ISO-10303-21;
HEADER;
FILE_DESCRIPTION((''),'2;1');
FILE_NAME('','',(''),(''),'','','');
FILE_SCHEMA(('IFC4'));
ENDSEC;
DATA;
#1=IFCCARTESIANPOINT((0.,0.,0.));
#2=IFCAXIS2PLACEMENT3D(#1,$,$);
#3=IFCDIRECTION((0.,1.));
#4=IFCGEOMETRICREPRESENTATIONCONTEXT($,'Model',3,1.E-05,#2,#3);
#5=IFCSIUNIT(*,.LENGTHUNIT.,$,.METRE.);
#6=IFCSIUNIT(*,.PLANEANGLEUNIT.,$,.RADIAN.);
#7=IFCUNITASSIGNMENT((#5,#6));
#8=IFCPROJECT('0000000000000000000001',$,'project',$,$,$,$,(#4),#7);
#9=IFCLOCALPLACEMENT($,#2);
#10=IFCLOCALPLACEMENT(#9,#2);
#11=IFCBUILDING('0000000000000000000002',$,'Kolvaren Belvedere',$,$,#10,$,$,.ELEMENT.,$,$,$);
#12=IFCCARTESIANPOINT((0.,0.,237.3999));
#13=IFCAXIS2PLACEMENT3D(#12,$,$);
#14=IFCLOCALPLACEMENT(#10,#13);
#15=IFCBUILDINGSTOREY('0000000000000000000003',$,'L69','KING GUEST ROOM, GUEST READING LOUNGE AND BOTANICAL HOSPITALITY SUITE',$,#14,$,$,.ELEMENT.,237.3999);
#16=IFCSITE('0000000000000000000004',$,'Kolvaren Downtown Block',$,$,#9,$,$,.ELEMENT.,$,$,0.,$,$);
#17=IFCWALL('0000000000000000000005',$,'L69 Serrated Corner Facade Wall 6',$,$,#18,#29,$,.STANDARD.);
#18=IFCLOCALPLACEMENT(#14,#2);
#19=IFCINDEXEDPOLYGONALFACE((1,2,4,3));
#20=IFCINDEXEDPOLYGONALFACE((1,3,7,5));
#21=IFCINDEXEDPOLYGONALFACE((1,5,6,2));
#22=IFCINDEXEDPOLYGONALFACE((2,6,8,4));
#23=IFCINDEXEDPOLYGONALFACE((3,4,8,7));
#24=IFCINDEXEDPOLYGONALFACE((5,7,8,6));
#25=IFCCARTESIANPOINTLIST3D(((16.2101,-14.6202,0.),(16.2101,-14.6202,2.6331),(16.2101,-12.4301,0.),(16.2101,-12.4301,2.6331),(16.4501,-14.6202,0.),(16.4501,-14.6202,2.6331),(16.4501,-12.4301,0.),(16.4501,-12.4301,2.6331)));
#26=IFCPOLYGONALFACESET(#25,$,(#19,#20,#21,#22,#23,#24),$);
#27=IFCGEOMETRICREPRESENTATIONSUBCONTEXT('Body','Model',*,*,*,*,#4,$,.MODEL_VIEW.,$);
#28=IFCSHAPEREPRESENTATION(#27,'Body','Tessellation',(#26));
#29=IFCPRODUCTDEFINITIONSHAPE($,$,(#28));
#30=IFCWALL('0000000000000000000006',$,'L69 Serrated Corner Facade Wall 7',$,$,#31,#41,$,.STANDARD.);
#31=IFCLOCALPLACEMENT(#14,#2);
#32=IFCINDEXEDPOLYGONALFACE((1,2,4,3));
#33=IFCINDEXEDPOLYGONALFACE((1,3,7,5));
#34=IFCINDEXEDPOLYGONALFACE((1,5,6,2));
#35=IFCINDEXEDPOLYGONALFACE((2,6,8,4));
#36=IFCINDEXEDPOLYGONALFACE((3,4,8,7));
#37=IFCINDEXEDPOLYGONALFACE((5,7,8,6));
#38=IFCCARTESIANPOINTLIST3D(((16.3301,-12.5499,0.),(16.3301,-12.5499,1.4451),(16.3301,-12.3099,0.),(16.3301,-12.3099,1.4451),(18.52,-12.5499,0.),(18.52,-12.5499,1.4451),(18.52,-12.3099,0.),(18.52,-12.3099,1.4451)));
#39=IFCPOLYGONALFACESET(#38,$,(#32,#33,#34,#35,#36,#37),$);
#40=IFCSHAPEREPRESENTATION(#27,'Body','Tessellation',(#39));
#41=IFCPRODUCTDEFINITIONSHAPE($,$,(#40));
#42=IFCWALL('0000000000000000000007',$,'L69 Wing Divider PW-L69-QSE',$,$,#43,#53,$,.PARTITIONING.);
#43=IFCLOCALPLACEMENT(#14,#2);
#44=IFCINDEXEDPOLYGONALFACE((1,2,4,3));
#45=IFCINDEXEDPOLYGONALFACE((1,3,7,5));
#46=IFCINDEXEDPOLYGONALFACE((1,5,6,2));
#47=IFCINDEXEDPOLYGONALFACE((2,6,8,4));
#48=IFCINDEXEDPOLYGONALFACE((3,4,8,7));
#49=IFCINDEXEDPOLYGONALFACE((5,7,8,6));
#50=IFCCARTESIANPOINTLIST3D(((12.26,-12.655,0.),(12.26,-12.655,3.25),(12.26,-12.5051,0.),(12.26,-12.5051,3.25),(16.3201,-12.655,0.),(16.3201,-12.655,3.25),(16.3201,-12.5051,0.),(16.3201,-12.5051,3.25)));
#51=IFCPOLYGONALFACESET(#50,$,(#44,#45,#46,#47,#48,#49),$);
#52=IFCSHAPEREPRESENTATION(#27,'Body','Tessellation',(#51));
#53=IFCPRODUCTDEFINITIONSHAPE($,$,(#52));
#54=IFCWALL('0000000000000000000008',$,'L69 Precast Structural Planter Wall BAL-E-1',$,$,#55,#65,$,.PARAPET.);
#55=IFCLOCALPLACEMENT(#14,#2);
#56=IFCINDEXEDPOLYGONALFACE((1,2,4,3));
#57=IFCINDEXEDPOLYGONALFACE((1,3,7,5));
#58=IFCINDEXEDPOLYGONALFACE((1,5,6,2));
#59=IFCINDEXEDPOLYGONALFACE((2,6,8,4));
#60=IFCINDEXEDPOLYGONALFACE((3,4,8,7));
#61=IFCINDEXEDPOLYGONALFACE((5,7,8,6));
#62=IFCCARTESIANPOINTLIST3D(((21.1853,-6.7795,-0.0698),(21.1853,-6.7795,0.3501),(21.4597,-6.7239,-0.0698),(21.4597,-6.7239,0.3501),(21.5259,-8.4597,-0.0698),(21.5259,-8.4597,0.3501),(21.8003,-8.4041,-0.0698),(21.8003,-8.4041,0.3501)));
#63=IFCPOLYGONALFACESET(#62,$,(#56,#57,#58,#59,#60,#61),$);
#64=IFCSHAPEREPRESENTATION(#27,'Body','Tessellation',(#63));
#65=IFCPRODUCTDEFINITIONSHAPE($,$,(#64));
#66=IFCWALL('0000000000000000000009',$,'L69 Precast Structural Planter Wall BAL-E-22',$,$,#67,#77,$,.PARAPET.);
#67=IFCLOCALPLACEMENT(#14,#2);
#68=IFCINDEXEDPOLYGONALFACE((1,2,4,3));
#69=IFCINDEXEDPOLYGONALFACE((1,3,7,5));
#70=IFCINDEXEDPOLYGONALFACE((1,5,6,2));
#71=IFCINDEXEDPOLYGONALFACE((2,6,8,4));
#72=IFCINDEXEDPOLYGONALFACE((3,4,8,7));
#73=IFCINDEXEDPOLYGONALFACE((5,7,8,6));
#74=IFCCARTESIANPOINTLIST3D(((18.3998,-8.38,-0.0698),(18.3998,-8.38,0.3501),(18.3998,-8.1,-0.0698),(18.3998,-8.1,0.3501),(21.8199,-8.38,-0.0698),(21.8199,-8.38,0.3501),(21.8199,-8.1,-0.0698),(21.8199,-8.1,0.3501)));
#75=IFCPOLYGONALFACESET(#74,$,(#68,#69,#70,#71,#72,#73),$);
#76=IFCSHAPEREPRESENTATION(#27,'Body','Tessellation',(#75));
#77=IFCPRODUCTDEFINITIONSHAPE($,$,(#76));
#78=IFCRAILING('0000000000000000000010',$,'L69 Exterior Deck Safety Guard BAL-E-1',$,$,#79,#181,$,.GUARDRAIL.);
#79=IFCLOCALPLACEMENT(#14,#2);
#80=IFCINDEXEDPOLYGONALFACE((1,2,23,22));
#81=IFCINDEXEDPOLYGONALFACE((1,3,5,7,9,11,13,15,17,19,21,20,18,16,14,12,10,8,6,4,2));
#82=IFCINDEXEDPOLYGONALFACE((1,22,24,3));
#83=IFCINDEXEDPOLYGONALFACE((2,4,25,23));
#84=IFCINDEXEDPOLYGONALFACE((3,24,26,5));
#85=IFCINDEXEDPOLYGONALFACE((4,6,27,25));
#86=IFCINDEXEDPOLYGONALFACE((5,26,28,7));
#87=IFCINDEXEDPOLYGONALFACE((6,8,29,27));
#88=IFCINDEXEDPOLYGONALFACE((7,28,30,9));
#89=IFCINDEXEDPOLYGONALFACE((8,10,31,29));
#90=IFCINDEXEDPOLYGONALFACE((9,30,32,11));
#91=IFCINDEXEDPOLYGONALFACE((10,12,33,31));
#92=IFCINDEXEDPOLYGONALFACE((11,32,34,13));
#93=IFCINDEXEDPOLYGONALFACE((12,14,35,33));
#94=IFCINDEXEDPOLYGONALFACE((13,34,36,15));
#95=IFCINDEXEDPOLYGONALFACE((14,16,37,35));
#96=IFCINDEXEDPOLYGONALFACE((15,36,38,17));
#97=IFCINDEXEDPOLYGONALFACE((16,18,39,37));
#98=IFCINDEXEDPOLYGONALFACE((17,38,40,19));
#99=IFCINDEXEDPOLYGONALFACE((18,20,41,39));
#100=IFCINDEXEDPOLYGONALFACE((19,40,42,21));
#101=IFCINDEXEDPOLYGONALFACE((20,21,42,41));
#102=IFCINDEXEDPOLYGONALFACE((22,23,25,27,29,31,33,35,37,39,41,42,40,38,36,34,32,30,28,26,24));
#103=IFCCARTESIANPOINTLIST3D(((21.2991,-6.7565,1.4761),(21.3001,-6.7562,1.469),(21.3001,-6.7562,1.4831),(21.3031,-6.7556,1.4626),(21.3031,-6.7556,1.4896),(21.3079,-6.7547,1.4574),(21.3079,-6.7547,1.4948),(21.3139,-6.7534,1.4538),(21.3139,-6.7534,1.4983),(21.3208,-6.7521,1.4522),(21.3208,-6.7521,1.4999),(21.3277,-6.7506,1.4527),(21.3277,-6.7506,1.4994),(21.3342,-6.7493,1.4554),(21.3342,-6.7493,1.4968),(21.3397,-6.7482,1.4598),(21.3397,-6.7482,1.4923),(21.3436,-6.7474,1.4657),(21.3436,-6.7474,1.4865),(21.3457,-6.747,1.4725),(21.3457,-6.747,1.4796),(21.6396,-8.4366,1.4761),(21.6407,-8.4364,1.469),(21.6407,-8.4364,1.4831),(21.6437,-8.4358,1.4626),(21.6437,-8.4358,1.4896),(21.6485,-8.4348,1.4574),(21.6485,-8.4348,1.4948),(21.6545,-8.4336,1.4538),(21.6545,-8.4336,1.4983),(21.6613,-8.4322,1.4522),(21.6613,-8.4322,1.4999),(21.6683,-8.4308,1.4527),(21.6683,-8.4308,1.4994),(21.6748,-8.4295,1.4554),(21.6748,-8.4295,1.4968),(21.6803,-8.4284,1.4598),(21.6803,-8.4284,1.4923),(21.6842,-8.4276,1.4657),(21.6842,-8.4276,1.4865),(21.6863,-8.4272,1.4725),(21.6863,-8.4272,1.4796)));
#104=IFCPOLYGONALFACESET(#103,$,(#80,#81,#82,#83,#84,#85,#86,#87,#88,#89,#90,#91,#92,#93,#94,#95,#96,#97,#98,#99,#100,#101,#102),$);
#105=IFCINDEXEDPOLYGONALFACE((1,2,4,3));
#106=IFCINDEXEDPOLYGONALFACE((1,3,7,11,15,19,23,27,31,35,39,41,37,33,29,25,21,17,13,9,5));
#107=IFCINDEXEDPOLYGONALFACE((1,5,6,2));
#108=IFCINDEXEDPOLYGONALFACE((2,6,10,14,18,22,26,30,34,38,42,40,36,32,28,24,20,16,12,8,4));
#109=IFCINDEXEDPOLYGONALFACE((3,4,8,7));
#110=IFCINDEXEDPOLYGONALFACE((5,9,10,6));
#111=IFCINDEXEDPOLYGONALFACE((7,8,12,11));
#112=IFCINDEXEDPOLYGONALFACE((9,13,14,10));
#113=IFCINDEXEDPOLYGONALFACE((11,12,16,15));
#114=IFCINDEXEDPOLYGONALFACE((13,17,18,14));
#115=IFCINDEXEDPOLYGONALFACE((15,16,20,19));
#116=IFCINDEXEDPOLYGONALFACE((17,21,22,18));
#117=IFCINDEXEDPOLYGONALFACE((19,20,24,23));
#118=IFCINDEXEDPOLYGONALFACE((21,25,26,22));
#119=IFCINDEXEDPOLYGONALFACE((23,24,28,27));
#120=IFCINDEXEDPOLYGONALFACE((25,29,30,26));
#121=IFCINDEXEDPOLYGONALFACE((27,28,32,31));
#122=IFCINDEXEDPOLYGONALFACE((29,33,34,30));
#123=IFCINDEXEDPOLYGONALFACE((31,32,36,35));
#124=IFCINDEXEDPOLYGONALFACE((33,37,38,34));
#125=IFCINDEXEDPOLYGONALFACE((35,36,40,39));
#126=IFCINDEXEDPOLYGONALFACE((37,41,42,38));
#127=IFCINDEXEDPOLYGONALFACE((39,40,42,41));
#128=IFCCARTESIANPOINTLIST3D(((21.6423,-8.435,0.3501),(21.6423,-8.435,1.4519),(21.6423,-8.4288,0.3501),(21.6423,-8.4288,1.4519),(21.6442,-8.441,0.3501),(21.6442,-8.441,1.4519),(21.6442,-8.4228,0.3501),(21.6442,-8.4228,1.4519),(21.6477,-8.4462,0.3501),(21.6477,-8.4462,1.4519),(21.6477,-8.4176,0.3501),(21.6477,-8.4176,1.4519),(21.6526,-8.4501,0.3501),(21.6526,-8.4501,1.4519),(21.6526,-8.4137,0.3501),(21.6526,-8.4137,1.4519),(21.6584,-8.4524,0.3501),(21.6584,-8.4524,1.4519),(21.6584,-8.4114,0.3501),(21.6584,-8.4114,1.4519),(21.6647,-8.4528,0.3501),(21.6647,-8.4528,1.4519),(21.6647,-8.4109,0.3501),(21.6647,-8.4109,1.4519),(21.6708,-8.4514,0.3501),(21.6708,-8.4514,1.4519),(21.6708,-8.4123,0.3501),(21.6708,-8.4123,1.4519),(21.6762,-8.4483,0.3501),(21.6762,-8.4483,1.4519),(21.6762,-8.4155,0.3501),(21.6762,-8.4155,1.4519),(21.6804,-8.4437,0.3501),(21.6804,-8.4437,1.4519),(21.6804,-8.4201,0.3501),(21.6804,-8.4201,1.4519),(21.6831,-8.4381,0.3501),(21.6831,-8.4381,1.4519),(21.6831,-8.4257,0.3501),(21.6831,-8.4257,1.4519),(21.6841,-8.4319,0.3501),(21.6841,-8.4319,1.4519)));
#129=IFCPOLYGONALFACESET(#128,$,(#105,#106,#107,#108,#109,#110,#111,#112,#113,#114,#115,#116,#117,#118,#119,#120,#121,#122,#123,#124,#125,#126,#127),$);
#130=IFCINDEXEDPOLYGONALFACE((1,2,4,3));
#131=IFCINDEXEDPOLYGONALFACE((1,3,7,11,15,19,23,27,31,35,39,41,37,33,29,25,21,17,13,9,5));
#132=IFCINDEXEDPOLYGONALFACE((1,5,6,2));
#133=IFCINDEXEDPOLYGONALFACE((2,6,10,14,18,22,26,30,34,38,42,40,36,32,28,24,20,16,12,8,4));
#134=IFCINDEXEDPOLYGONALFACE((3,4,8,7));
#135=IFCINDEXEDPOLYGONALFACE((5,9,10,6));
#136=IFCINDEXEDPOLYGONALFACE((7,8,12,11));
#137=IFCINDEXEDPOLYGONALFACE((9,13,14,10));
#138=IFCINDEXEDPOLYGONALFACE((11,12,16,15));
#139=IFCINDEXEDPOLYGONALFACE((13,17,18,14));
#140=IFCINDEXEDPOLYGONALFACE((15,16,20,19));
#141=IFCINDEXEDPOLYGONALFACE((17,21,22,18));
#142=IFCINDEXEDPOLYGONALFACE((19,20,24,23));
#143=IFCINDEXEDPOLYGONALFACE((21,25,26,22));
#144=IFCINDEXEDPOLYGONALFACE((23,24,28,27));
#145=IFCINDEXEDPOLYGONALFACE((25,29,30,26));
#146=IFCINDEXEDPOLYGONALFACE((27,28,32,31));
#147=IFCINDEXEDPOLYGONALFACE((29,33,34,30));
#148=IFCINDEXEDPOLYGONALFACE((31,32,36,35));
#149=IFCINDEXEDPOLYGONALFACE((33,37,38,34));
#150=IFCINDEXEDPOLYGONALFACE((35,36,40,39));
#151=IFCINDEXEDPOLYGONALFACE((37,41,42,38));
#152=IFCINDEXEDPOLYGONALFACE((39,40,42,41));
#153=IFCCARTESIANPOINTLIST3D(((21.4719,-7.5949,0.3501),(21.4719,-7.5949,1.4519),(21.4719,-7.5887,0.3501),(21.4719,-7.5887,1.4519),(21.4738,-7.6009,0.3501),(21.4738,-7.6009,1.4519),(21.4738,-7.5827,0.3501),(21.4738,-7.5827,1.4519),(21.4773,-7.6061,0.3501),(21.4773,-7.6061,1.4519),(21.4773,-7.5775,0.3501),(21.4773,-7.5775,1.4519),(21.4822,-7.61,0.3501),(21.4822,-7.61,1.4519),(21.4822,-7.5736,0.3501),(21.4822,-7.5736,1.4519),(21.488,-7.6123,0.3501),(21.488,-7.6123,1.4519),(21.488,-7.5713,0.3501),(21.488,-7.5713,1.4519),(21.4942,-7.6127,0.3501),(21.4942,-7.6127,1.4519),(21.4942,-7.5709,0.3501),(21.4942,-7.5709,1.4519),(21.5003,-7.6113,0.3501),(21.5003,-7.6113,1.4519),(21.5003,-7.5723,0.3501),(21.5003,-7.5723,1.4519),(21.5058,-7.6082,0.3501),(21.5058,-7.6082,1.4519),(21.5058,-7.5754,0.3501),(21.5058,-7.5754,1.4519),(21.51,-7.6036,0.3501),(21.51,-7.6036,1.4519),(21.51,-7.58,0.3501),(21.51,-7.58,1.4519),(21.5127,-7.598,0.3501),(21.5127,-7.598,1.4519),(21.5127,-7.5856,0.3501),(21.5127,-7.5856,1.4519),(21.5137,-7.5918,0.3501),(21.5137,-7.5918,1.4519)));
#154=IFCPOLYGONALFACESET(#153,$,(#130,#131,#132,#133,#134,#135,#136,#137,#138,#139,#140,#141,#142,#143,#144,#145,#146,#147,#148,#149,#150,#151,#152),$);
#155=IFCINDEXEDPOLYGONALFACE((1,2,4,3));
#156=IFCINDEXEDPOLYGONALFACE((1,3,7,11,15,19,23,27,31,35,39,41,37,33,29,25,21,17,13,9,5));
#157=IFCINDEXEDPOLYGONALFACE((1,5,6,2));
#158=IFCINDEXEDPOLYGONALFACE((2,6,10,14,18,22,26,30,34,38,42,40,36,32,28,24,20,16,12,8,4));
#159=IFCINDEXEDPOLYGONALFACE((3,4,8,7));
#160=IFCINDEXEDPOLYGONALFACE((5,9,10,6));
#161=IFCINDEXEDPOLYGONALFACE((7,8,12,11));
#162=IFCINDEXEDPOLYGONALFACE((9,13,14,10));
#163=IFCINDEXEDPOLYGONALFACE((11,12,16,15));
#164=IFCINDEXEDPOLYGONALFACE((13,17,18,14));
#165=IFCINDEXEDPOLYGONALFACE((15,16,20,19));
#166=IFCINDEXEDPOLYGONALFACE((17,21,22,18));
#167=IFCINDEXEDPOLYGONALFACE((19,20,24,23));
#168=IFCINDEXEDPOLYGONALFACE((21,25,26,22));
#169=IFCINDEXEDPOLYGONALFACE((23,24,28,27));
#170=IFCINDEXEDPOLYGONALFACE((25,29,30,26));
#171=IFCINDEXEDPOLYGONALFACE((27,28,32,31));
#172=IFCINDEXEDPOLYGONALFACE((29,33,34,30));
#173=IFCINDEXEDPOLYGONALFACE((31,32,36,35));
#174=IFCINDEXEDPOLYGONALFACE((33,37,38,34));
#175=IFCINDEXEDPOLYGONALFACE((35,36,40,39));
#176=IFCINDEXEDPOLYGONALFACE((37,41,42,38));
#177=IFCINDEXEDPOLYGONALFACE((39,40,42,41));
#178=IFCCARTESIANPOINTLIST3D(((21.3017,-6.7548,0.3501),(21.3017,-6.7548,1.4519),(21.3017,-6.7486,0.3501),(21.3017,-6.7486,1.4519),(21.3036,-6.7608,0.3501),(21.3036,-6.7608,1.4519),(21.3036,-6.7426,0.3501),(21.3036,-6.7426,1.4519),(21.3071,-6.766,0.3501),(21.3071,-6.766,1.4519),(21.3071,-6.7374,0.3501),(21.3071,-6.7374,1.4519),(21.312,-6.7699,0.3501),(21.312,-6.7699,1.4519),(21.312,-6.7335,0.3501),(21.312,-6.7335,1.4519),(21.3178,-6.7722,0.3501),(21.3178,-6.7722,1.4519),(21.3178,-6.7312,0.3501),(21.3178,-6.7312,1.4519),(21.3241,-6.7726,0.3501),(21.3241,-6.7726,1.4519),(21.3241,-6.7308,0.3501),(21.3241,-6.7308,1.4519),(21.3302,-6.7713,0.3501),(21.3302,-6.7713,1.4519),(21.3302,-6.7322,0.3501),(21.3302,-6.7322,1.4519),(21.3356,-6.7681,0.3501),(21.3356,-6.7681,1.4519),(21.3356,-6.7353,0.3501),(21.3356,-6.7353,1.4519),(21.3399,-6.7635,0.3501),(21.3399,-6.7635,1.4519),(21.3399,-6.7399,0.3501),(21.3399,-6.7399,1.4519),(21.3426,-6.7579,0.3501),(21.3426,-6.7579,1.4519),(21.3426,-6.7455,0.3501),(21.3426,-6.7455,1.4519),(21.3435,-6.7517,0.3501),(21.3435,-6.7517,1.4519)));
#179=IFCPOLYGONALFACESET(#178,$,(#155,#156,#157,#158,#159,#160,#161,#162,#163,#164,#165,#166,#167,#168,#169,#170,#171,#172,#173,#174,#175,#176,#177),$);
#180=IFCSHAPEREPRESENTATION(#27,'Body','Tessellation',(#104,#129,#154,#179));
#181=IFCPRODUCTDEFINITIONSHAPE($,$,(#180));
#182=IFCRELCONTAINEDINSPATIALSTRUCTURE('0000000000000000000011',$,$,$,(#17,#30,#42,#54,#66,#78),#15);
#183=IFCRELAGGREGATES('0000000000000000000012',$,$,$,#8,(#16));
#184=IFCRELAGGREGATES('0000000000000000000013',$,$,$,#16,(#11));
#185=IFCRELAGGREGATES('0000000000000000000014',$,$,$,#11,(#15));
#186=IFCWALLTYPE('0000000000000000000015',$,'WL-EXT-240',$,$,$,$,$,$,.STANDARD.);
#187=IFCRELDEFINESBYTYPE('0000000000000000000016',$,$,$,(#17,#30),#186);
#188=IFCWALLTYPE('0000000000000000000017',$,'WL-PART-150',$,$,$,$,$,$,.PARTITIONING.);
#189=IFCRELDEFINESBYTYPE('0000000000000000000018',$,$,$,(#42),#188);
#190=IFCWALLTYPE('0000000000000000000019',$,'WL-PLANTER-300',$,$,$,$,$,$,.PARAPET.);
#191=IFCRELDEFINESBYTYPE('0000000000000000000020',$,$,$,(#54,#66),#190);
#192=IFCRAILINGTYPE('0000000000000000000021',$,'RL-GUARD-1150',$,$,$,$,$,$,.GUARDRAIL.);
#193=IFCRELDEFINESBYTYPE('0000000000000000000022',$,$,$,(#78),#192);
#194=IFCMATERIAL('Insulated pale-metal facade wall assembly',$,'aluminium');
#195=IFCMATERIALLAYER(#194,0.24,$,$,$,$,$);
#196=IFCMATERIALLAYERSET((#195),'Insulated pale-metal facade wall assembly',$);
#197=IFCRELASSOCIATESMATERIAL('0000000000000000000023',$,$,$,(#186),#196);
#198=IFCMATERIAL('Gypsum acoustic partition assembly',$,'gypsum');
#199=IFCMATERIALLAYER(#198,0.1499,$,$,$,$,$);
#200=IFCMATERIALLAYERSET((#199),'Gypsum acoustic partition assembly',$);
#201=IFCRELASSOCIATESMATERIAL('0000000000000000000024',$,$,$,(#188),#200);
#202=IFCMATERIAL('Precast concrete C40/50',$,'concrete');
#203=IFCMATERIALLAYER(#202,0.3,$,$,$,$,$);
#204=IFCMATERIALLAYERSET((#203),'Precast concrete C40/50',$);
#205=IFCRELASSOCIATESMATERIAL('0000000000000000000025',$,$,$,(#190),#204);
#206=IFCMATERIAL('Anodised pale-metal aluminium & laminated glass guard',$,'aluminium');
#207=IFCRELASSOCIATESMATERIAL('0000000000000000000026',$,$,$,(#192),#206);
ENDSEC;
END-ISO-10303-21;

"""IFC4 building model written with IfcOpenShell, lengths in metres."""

from ifc_helpers import new_model, si_unit, direction, frame, frame_2d, origin, origin_2d, place, context, subcontext, project, spatial, rectangle, circle, extrude, material, layer, layer_set, type_object, element, save


model = new_model("IFC4")

# Units and contexts
model_context = context("Model", 3, precision=1e-05, world=origin(), true_north=direction((0.0, 1.0)))
body_context = subcontext(model_context, "Body", "Model", "MODEL_VIEW")
ifc_project = project(units=[si_unit("LENGTHUNIT", "METRE"), si_unit("PLANEANGLEUNIT", "RADIAN")], contexts=[model_context])

# Site, building, storey
site_placement = place(None, origin())
site = spatial("IfcSite", under=ifc_project, at=site_placement, Name="Kolvaren Downtown Block", CompositionType="ELEMENT", RefElevation=0.0)
building_placement = place(site_placement, origin())
building = spatial("IfcBuilding", under=site, at=building_placement, Name="Kolvaren Belvedere", CompositionType="ELEMENT")
storey_placement = place(building_placement, frame((0.0, 0.0, 237.3999)))
storey = spatial("IfcBuildingStorey", under=building, at=storey_placement, Name="L69", Description="KING GUEST ROOM, GUEST READING LOUNGE AND BOTANICAL HOSPITALITY SUITE", CompositionType="ELEMENT", Elevation=237.3999)

# Walls
ifc_material_1 = material(Name="Insulated pale-metal facade wall assembly", Category="aluminium")
ifc_layer_1 = layer(ifc_material_1, 0.24)
ifc_layer_set_1 = layer_set([ifc_layer_1], Name="Insulated pale-metal facade wall assembly")
wall_type_1 = type_object("IfcWallType", Name="WL-EXT-240", PredefinedType="STANDARD", material=ifc_layer_set_1)
for number, where, z_axis, x_axis, name in (
    (1, (16.3301, -12.4299, 0.0), (0.0, 0.0, 1.0), (0.0, -1.0, 0.0), "L69 Serrated Corner Facade Wall 6"),
):
    element("IfcWall", number, at=place(storey_placement, frame(where, z_axis=z_axis, x_axis=x_axis)), inside=storey, type_object=wall_type_1, Name=name, PredefinedType="STANDARD", context=body_context, shape_type="SweptSolid", body=[
        extrude(rectangle(XDim=2.1902, YDim=0.24, at=frame_2d((1.0952, 0.0))), origin(), (0.0, 0.0, 1.0), 2.6331),
    ])
wall_1_placement = place(storey_placement, frame((18.52, -12.4299, 0.0), z_axis=(0.0, 0.0, 1.0), x_axis=(-1.0, 0.0, 0.0)))
element("IfcWall", 2, at=wall_1_placement, inside=storey, type_object=wall_type_1, Name="L69 Serrated Corner Facade Wall 7", PredefinedType="STANDARD", context=body_context, shape_type="SweptSolid", body=[
    extrude(rectangle(XDim=2.1899, YDim=0.24, at=frame_2d((1.095, 0.0))), origin(), (0.0, 0.0, 1.0), 1.4451),
])
ifc_material_2 = material(Name="Gypsum acoustic partition assembly", Category="gypsum")
ifc_layer_2 = layer(ifc_material_2, 0.1499)
ifc_layer_set_2 = layer_set([ifc_layer_2], Name="Gypsum acoustic partition assembly")
wall_type_2 = type_object("IfcWallType", Name="WL-PART-150", PredefinedType="PARTITIONING", material=ifc_layer_set_2)
wall_2_placement = place(storey_placement, frame((12.26, -12.5801, 0.0), z_axis=(0.0, 0.0, 1.0), x_axis=(1.0, 0.0, 0.0)))
element("IfcWall", 3, at=wall_2_placement, inside=storey, type_object=wall_type_2, Name="L69 Wing Divider PW-L69-QSE", PredefinedType="PARTITIONING", context=body_context, shape_type="SweptSolid", body=[
    extrude(rectangle(XDim=4.0601, YDim=0.1499, at=frame_2d((2.03, 0.0))), origin(), (0.0, 0.0, 1.0), 3.25),
])
ifc_material_3 = material(Name="Precast concrete C40/50", Category="concrete")
ifc_layer_3 = layer(ifc_material_3, 0.3)
ifc_layer_set_3 = layer_set([ifc_layer_3], Name="Precast concrete C40/50")
wall_type_3 = type_object("IfcWallType", Name="WL-PLANTER-300", PredefinedType="PARAPET", material=ifc_layer_set_3)
wall_3_placement = place(storey_placement, frame((21.6631, -8.4319, -0.0698), z_axis=(0.0, 0.0, 1.0), x_axis=(-0.198662, 0.980068, 0.0)))
element("IfcWall", 4, at=wall_3_placement, inside=storey, type_object=wall_type_3, Name="L69 Precast Structural Planter Wall BAL-E-1", PredefinedType="PARAPET", context=body_context, shape_type="SweptSolid", body=[
    extrude(rectangle(XDim=1.7144, YDim=0.28, at=frame_2d((0.8572, 0.0))), origin(), (0.0, 0.0, 1.0), 0.4199),
])
wall_4_placement = place(storey_placement, frame((18.3999, -8.24, -0.0698), z_axis=(0.0, 0.0, 1.0), x_axis=(1.0, 0.0, 0.0)))
element("IfcWall", 5, at=wall_4_placement, inside=storey, type_object=wall_type_3, Name="L69 Precast Structural Planter Wall BAL-E-22", PredefinedType="PARAPET", context=body_context, shape_type="SweptSolid", body=[
    extrude(rectangle(XDim=3.4202, YDim=0.28, at=frame_2d((1.71, 0.0))), origin(), (0.0, 0.0, 1.0), 0.4199),
])

# Railing
ifc_material_4 = material(Name="Anodised pale-metal aluminium & laminated glass guard", Category="aluminium")
railing_type = type_object("IfcRailingType", Name="RL-GUARD-1150", PredefinedType="GUARDRAIL", material=ifc_material_4)
railing_placement = place(storey_placement, frame((21.6631, -8.4319, 0.3501)))
element("IfcRailing", 6, at=railing_placement, inside=storey, type_object=railing_type, Name="L69 Exterior Deck Safety Guard BAL-E-1", PredefinedType="GUARDRAIL", context=body_context, shape_type="SweptSolid", body=[
    extrude(circle(Radius=0.0239, at=origin_2d()), frame((0.0, 0.0, 1.126), z_axis=(-0.198662, 0.980068, 0.0), x_axis=(-0.980068, -0.198662, 0.0)), (0.0, 0.0, 1.0), 1.7144),
    extrude(circle(Radius=0.021, at=origin_2d()), origin(), (0.0, 0.0, 1.0), 1.1018),
    extrude(circle(Radius=0.021, at=origin_2d()), frame((-0.1704, 0.8401, 0.0)), (0.0, 0.0, 1.0), 1.1018),
    extrude(circle(Radius=0.021, at=origin_2d()), frame((-0.3406, 1.6802, 0.0)), (0.0, 0.0, 1.0), 1.1018),
])

save(model, "model.ifc")
